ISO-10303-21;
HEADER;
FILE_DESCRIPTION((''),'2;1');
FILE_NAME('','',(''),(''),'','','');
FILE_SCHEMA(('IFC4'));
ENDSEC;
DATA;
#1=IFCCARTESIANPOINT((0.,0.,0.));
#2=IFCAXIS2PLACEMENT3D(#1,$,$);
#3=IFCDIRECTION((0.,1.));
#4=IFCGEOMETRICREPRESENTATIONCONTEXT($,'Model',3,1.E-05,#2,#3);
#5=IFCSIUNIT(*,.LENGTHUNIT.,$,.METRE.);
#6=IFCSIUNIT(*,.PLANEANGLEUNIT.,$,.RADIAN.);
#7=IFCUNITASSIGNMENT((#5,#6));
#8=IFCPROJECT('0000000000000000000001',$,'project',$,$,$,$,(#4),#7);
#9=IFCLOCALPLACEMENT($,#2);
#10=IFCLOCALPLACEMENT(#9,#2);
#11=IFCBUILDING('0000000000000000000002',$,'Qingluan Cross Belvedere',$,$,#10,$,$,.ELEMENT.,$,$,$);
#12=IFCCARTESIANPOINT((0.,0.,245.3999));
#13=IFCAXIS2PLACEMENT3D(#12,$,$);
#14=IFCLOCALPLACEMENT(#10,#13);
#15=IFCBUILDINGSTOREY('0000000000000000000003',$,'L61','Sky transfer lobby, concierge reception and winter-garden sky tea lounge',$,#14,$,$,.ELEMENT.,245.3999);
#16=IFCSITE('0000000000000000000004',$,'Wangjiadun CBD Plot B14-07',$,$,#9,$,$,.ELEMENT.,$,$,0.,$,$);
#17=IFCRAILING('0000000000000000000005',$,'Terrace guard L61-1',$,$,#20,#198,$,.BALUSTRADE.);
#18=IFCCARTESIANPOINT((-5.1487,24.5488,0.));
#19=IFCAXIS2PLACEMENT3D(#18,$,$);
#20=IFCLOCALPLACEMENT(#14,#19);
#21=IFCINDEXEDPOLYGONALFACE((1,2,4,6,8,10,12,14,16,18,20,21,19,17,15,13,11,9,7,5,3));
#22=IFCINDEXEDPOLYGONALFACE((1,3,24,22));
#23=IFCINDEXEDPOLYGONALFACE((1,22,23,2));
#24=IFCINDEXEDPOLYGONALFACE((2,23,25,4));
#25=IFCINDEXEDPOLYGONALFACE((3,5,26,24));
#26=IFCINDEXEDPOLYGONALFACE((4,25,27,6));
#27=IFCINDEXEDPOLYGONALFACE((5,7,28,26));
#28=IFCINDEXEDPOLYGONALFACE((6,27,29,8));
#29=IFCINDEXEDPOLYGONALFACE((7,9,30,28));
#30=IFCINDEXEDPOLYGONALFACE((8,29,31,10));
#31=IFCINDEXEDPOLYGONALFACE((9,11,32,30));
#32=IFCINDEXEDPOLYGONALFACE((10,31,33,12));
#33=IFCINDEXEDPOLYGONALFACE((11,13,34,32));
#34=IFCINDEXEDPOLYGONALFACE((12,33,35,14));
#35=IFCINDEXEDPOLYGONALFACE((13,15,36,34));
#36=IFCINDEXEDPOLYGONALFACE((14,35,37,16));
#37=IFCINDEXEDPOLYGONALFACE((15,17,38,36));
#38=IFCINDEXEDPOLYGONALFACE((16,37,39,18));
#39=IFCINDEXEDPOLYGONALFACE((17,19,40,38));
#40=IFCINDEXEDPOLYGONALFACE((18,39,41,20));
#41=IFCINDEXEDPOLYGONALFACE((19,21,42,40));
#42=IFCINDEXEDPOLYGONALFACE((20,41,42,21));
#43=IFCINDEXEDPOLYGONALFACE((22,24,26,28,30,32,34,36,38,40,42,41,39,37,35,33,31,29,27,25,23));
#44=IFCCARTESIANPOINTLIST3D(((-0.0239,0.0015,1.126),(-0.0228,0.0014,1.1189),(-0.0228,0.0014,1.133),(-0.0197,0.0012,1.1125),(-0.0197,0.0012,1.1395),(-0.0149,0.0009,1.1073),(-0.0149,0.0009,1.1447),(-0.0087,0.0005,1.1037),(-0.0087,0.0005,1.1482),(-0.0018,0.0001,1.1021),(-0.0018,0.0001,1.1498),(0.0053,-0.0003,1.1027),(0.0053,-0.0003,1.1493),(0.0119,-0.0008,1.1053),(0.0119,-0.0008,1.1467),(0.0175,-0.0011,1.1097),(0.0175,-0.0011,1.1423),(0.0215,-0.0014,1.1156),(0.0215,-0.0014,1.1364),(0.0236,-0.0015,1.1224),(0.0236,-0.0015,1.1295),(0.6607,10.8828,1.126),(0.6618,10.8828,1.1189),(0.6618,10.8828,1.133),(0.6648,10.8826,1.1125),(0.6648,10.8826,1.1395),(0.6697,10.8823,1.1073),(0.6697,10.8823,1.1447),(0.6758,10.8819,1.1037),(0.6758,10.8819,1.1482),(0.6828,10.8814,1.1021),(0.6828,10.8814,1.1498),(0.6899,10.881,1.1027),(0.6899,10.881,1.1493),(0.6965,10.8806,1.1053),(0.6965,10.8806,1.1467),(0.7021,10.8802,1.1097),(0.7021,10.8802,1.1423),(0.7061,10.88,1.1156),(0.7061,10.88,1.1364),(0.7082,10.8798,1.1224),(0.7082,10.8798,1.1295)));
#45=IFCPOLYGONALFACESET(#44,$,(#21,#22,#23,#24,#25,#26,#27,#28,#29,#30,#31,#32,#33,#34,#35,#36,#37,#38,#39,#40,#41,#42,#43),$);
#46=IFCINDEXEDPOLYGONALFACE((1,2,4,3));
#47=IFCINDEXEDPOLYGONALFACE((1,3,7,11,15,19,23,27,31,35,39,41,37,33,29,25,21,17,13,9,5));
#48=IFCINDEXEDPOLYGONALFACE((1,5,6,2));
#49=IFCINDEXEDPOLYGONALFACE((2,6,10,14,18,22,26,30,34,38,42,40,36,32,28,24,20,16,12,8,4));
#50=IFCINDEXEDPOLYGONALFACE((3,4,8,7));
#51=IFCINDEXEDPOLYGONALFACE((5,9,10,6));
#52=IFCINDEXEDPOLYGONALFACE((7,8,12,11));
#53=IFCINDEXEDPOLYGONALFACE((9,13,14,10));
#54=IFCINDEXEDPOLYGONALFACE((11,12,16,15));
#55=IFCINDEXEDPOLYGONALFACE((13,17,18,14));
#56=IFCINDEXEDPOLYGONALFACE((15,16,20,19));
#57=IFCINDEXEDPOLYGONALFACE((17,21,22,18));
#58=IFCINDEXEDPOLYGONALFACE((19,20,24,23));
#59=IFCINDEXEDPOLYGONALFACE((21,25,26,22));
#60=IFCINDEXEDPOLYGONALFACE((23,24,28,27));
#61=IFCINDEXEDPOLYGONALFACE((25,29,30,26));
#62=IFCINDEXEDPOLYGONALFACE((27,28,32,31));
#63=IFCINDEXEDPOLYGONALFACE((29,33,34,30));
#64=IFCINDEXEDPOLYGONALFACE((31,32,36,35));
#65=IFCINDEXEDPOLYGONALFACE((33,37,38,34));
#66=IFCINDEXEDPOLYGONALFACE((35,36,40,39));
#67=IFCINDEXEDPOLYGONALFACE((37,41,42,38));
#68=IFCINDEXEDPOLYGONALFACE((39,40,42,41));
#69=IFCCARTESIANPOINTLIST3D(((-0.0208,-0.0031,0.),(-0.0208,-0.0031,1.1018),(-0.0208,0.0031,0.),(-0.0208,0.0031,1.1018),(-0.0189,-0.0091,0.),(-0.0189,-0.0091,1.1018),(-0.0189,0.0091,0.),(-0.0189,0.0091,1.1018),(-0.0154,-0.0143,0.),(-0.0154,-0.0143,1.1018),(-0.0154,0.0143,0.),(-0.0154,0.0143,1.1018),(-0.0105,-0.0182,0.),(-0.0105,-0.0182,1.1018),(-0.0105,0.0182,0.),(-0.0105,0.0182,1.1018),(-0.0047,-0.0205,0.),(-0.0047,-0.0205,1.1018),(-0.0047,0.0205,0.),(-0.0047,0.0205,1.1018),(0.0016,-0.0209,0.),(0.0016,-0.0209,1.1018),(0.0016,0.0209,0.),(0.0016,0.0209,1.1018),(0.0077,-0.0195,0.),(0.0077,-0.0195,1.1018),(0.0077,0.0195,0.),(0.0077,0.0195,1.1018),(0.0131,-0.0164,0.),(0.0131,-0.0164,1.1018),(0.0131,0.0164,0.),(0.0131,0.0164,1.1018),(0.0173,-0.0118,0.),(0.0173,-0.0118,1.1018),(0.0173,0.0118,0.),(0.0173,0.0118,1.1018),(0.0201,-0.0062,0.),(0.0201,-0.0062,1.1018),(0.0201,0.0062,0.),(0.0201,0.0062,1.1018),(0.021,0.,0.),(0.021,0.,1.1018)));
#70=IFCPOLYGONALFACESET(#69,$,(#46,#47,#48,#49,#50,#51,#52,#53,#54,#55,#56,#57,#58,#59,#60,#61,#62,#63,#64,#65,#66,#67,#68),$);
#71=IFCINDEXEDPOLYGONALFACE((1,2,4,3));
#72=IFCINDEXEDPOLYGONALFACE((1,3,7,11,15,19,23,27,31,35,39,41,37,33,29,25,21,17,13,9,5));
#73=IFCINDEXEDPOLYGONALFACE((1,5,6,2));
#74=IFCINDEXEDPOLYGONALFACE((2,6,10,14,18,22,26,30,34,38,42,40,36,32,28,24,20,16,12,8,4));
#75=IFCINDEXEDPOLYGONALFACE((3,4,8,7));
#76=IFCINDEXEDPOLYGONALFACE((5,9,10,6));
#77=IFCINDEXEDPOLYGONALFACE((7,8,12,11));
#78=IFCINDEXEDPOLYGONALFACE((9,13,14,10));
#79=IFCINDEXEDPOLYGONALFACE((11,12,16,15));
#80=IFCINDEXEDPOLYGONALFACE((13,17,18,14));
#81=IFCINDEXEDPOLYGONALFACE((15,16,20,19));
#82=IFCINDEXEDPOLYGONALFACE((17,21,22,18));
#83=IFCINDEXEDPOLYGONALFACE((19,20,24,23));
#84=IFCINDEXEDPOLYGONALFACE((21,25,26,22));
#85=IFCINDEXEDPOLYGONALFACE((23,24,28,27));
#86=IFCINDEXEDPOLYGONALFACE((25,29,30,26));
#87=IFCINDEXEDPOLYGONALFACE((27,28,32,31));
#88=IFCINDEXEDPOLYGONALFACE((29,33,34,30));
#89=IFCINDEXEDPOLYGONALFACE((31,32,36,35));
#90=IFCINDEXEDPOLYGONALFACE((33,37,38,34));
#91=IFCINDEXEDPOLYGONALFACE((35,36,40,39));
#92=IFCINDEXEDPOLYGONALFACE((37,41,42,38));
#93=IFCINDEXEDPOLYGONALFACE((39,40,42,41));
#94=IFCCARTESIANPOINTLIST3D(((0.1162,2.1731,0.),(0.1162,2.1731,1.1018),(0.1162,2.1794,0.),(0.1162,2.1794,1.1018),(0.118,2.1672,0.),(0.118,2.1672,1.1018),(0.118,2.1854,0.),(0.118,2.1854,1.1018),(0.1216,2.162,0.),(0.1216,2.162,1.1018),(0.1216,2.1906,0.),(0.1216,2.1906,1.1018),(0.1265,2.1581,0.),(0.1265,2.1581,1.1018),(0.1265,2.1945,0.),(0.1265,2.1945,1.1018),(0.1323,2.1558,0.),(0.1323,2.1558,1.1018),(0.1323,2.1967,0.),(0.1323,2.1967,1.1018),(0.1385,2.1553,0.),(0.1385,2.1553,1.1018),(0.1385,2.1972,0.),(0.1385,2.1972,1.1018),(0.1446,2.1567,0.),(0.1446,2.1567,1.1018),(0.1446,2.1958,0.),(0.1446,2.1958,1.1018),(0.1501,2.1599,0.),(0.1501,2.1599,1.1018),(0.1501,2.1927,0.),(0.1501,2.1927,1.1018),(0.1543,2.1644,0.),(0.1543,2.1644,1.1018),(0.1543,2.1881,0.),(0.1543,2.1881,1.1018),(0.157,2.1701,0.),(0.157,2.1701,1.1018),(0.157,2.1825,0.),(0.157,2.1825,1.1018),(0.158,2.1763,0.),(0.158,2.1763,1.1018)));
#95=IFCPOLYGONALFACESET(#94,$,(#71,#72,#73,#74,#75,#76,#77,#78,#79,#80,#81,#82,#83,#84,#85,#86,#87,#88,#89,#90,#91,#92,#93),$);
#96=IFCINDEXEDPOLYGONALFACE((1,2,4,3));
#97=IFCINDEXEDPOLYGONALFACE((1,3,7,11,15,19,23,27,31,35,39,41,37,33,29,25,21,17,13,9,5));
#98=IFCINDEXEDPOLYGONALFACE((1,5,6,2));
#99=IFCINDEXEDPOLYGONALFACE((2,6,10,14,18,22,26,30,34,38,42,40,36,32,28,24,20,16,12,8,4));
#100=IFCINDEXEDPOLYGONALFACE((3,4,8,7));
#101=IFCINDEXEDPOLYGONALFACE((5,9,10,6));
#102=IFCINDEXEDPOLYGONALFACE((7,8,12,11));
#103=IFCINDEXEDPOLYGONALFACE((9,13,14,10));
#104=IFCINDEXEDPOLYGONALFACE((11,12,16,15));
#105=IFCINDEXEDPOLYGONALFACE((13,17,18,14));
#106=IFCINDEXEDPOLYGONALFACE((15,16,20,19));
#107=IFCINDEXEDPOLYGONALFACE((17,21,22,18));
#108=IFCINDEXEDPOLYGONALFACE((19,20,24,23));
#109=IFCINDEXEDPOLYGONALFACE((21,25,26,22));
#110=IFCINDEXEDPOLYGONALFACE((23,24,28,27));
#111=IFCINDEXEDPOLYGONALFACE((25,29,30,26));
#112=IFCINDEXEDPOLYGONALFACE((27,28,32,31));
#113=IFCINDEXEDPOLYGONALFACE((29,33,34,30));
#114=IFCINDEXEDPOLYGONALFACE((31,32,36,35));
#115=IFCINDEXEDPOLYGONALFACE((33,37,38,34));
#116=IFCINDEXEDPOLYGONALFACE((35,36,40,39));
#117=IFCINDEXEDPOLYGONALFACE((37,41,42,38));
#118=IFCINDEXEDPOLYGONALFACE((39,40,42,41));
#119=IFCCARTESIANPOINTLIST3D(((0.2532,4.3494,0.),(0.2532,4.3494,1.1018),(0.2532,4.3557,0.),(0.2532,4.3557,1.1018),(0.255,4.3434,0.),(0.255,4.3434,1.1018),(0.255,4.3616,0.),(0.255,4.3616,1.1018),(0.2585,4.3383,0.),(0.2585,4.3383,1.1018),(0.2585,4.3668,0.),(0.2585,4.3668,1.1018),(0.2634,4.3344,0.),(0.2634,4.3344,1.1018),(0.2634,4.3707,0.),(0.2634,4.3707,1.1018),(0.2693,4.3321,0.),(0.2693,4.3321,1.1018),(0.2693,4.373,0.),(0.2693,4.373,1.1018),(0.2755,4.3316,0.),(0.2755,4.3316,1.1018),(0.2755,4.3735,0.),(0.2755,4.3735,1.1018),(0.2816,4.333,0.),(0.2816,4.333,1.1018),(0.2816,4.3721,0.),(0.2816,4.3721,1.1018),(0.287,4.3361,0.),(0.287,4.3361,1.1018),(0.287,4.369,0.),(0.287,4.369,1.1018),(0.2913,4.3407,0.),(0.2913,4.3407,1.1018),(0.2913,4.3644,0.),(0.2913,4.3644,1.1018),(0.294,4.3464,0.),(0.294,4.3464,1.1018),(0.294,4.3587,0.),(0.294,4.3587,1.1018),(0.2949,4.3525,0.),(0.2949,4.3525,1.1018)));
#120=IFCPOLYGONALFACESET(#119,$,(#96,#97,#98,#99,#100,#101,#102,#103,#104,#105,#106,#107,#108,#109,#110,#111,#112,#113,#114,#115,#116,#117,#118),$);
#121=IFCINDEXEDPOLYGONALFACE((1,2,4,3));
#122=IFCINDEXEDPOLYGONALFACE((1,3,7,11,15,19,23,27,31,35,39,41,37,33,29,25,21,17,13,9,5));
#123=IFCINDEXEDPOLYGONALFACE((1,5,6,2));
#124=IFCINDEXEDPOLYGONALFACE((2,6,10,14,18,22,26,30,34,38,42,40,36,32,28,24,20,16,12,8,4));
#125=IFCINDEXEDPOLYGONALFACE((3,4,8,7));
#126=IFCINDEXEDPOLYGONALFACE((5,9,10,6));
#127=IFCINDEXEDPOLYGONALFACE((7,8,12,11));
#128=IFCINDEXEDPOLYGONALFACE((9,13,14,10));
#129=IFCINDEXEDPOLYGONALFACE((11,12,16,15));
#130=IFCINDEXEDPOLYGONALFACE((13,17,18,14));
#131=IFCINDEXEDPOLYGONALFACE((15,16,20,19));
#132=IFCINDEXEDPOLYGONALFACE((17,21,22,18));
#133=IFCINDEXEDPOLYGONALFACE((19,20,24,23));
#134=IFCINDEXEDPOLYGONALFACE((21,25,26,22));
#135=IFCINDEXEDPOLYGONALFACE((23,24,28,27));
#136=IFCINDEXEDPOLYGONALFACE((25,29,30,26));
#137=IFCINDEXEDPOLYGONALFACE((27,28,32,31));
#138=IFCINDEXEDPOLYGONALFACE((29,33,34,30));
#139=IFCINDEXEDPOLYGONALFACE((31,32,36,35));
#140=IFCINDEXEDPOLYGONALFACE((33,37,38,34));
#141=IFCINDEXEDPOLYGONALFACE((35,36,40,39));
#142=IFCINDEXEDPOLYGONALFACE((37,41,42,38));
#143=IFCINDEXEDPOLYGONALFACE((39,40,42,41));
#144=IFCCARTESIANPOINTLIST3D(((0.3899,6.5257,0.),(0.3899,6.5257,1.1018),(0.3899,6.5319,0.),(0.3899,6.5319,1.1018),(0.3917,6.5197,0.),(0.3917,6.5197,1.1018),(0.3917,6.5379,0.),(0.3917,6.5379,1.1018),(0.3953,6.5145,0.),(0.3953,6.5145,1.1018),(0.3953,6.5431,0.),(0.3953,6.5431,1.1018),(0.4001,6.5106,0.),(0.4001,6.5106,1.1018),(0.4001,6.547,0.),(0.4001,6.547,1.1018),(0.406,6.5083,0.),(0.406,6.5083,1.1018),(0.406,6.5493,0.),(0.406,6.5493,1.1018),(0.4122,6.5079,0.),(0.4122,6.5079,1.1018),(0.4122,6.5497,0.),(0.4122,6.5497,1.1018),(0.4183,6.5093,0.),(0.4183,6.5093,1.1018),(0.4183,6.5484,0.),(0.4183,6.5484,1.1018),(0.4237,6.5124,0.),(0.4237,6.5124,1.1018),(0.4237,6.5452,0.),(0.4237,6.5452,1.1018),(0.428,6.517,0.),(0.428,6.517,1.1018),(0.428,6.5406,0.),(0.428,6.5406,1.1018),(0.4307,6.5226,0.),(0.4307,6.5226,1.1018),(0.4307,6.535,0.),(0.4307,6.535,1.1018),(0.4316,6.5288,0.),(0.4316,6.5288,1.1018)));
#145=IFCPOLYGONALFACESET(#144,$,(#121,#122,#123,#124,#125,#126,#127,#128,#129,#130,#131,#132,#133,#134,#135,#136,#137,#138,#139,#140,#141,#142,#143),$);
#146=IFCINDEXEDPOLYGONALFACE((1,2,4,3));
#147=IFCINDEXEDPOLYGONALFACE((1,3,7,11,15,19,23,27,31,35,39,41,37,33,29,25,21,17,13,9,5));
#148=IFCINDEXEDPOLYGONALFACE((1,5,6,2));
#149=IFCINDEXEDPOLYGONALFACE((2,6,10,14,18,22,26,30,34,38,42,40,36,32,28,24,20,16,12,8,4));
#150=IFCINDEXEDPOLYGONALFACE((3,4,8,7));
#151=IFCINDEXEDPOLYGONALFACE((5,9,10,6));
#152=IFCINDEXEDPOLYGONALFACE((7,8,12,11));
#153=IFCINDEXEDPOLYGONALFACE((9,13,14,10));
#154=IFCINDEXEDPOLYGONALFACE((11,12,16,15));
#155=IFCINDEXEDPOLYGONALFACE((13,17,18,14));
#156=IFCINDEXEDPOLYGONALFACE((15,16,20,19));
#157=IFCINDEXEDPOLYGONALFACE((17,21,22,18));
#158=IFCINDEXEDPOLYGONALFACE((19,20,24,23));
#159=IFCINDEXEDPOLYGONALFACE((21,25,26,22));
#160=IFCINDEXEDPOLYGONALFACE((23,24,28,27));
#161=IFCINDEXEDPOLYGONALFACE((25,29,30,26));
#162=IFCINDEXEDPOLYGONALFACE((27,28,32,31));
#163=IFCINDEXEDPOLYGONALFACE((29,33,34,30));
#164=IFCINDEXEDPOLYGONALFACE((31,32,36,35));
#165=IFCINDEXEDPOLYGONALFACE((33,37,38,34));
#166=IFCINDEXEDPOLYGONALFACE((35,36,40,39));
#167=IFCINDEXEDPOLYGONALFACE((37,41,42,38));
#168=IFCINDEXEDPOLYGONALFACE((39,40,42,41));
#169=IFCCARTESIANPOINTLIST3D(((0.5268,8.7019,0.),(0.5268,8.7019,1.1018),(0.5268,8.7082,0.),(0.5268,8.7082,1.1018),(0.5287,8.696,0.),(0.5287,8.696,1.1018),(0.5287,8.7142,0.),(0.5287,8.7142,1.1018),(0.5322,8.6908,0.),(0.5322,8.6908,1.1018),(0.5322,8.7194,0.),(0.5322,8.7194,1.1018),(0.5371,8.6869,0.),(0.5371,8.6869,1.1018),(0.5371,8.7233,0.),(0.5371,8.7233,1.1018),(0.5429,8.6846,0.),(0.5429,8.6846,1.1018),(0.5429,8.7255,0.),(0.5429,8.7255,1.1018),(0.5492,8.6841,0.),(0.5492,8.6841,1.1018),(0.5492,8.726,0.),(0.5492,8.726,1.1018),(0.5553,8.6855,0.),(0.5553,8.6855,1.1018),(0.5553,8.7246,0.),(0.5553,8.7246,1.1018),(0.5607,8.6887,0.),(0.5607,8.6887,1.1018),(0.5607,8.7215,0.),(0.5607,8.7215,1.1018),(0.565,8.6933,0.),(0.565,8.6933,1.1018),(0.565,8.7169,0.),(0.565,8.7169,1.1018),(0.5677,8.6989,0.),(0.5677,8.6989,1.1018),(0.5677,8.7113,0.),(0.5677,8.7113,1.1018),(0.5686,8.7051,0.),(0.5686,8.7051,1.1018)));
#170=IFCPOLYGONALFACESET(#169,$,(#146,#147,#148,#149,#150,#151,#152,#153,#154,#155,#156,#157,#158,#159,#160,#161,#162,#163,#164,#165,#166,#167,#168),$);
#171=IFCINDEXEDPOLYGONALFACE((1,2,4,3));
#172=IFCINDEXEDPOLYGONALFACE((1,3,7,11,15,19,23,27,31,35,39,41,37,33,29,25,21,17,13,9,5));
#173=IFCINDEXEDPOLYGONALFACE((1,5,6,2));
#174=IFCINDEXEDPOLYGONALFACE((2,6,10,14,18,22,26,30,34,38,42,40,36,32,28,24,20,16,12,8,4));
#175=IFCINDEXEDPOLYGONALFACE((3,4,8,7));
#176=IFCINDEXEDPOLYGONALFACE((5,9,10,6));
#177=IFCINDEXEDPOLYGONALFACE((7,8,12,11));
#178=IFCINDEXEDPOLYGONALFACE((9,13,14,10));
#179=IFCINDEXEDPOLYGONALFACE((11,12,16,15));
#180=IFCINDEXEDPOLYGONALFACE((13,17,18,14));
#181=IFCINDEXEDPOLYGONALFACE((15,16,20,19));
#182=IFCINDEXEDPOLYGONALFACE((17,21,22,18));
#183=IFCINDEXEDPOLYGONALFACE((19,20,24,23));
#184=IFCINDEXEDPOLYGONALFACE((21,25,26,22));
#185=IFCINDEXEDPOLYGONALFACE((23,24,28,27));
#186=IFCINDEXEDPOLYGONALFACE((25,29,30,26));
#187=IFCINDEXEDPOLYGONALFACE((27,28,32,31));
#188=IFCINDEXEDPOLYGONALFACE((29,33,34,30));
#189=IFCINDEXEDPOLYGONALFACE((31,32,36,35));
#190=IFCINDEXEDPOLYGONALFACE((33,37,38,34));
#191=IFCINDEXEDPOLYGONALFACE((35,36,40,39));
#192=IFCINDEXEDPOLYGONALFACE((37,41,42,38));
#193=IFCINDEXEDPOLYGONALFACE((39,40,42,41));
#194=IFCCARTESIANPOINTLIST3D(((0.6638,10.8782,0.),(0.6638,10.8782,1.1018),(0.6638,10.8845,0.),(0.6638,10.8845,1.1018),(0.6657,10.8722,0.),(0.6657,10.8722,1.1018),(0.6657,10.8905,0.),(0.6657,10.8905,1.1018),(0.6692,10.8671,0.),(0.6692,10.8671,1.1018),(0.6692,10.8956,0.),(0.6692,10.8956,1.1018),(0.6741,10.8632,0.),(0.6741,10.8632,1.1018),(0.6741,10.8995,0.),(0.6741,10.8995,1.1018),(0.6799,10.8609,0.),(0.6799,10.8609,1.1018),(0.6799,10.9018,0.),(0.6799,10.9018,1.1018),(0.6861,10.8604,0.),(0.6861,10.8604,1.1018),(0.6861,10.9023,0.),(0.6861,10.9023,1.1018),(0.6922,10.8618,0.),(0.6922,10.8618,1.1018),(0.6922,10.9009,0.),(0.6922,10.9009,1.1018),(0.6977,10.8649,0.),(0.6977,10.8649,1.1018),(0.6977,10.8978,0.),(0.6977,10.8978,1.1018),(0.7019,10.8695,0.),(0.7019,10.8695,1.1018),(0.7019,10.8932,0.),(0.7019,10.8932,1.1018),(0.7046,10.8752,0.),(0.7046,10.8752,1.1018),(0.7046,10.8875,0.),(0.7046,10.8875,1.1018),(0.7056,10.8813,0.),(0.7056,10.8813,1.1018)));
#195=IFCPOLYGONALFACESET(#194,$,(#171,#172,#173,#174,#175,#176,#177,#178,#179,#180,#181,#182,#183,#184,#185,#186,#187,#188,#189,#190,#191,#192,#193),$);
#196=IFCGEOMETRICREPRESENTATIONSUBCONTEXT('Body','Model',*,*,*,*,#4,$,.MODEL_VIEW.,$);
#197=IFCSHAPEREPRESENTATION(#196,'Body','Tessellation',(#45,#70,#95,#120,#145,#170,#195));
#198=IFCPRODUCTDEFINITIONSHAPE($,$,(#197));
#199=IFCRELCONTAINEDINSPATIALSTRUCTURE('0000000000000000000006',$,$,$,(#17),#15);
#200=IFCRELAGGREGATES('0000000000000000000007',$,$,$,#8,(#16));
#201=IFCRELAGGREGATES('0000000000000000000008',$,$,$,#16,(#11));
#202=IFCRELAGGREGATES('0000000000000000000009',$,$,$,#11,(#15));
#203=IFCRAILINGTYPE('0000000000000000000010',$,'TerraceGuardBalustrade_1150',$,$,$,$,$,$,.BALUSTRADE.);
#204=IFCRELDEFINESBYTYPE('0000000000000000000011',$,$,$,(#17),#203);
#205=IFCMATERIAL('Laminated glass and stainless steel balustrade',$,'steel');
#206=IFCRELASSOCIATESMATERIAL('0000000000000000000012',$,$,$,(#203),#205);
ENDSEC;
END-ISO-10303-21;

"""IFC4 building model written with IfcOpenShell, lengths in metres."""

from ifc_helpers import new_model, si_unit, direction, frame, origin, origin_2d, place, context, subcontext, project, spatial, circle, extrude, material, type_object, element, save


model = new_model("IFC4")

# Units and contexts
model_context = context("Model", 3, precision=1e-05, world=origin(), true_north=direction((0.0, 1.0)))
body_context = subcontext(model_context, "Body", "Model", "MODEL_VIEW")
ifc_project = project(units=[si_unit("LENGTHUNIT", "METRE"), si_unit("PLANEANGLEUNIT", "RADIAN")], contexts=[model_context])

# Site, building, storey
site_placement = place(None, origin())
site = spatial("IfcSite", under=ifc_project, at=site_placement, Name="Wangjiadun CBD Plot B14-07", CompositionType="ELEMENT", RefElevation=0.0)
building_placement = place(site_placement, origin())
building = spatial("IfcBuilding", under=site, at=building_placement, Name="Qingluan Cross Belvedere", CompositionType="ELEMENT")
storey_placement = place(building_placement, frame((0.0, 0.0, 245.3999)))
storey = spatial("IfcBuildingStorey", under=building, at=storey_placement, Name="L61", Description="Sky transfer lobby, concierge reception and winter-garden sky tea lounge", CompositionType="ELEMENT", Elevation=245.3999)

# Railing
ifc_material_1 = material(Name="Laminated glass and stainless steel balustrade", Category="steel")
railing_type = type_object("IfcRailingType", Name="TerraceGuardBalustrade_1150", PredefinedType="BALUSTRADE", material=ifc_material_1)
railing_1_placement = place(storey_placement, frame((-5.1487, 24.5488, 0.0)))
element("IfcRailing", 1, at=railing_1_placement, inside=storey, type_object=railing_type, Name="Terrace guard L61-1", PredefinedType="BALUSTRADE", context=body_context, shape_type="SweptSolid", body=[
    extrude(circle(Radius=0.0239, at=origin_2d()), frame((0.0, 0.0, 1.126), z_axis=(0.062788, 0.998027, 0.0), x_axis=(-0.998027, 0.062788, 0.0)), (0.0, 0.0, 1.0), 10.9028),
    extrude(circle(Radius=0.021, at=origin_2d()), origin(), (0.0, 0.0, 1.0), 1.1018),
    extrude(circle(Radius=0.021, at=origin_2d()), frame((0.137, 2.1763, 0.0)), (0.0, 0.0, 1.0), 1.1018),
    extrude(circle(Radius=0.021, at=origin_2d()), frame((0.2739, 4.3525, 0.0)), (0.0, 0.0, 1.0), 1.1018),
    extrude(circle(Radius=0.021, at=origin_2d()), frame((0.4106, 6.5288, 0.0)), (0.0, 0.0, 1.0), 1.1018),
    extrude(circle(Radius=0.021, at=origin_2d()), frame((0.5476, 8.7051, 0.0)), (0.0, 0.0, 1.0), 1.1018),
    extrude(circle(Radius=0.021, at=origin_2d()), frame((0.6846, 10.8813, 0.0)), (0.0, 0.0, 1.0), 1.1018),
])

save(model, "model.ifc")
